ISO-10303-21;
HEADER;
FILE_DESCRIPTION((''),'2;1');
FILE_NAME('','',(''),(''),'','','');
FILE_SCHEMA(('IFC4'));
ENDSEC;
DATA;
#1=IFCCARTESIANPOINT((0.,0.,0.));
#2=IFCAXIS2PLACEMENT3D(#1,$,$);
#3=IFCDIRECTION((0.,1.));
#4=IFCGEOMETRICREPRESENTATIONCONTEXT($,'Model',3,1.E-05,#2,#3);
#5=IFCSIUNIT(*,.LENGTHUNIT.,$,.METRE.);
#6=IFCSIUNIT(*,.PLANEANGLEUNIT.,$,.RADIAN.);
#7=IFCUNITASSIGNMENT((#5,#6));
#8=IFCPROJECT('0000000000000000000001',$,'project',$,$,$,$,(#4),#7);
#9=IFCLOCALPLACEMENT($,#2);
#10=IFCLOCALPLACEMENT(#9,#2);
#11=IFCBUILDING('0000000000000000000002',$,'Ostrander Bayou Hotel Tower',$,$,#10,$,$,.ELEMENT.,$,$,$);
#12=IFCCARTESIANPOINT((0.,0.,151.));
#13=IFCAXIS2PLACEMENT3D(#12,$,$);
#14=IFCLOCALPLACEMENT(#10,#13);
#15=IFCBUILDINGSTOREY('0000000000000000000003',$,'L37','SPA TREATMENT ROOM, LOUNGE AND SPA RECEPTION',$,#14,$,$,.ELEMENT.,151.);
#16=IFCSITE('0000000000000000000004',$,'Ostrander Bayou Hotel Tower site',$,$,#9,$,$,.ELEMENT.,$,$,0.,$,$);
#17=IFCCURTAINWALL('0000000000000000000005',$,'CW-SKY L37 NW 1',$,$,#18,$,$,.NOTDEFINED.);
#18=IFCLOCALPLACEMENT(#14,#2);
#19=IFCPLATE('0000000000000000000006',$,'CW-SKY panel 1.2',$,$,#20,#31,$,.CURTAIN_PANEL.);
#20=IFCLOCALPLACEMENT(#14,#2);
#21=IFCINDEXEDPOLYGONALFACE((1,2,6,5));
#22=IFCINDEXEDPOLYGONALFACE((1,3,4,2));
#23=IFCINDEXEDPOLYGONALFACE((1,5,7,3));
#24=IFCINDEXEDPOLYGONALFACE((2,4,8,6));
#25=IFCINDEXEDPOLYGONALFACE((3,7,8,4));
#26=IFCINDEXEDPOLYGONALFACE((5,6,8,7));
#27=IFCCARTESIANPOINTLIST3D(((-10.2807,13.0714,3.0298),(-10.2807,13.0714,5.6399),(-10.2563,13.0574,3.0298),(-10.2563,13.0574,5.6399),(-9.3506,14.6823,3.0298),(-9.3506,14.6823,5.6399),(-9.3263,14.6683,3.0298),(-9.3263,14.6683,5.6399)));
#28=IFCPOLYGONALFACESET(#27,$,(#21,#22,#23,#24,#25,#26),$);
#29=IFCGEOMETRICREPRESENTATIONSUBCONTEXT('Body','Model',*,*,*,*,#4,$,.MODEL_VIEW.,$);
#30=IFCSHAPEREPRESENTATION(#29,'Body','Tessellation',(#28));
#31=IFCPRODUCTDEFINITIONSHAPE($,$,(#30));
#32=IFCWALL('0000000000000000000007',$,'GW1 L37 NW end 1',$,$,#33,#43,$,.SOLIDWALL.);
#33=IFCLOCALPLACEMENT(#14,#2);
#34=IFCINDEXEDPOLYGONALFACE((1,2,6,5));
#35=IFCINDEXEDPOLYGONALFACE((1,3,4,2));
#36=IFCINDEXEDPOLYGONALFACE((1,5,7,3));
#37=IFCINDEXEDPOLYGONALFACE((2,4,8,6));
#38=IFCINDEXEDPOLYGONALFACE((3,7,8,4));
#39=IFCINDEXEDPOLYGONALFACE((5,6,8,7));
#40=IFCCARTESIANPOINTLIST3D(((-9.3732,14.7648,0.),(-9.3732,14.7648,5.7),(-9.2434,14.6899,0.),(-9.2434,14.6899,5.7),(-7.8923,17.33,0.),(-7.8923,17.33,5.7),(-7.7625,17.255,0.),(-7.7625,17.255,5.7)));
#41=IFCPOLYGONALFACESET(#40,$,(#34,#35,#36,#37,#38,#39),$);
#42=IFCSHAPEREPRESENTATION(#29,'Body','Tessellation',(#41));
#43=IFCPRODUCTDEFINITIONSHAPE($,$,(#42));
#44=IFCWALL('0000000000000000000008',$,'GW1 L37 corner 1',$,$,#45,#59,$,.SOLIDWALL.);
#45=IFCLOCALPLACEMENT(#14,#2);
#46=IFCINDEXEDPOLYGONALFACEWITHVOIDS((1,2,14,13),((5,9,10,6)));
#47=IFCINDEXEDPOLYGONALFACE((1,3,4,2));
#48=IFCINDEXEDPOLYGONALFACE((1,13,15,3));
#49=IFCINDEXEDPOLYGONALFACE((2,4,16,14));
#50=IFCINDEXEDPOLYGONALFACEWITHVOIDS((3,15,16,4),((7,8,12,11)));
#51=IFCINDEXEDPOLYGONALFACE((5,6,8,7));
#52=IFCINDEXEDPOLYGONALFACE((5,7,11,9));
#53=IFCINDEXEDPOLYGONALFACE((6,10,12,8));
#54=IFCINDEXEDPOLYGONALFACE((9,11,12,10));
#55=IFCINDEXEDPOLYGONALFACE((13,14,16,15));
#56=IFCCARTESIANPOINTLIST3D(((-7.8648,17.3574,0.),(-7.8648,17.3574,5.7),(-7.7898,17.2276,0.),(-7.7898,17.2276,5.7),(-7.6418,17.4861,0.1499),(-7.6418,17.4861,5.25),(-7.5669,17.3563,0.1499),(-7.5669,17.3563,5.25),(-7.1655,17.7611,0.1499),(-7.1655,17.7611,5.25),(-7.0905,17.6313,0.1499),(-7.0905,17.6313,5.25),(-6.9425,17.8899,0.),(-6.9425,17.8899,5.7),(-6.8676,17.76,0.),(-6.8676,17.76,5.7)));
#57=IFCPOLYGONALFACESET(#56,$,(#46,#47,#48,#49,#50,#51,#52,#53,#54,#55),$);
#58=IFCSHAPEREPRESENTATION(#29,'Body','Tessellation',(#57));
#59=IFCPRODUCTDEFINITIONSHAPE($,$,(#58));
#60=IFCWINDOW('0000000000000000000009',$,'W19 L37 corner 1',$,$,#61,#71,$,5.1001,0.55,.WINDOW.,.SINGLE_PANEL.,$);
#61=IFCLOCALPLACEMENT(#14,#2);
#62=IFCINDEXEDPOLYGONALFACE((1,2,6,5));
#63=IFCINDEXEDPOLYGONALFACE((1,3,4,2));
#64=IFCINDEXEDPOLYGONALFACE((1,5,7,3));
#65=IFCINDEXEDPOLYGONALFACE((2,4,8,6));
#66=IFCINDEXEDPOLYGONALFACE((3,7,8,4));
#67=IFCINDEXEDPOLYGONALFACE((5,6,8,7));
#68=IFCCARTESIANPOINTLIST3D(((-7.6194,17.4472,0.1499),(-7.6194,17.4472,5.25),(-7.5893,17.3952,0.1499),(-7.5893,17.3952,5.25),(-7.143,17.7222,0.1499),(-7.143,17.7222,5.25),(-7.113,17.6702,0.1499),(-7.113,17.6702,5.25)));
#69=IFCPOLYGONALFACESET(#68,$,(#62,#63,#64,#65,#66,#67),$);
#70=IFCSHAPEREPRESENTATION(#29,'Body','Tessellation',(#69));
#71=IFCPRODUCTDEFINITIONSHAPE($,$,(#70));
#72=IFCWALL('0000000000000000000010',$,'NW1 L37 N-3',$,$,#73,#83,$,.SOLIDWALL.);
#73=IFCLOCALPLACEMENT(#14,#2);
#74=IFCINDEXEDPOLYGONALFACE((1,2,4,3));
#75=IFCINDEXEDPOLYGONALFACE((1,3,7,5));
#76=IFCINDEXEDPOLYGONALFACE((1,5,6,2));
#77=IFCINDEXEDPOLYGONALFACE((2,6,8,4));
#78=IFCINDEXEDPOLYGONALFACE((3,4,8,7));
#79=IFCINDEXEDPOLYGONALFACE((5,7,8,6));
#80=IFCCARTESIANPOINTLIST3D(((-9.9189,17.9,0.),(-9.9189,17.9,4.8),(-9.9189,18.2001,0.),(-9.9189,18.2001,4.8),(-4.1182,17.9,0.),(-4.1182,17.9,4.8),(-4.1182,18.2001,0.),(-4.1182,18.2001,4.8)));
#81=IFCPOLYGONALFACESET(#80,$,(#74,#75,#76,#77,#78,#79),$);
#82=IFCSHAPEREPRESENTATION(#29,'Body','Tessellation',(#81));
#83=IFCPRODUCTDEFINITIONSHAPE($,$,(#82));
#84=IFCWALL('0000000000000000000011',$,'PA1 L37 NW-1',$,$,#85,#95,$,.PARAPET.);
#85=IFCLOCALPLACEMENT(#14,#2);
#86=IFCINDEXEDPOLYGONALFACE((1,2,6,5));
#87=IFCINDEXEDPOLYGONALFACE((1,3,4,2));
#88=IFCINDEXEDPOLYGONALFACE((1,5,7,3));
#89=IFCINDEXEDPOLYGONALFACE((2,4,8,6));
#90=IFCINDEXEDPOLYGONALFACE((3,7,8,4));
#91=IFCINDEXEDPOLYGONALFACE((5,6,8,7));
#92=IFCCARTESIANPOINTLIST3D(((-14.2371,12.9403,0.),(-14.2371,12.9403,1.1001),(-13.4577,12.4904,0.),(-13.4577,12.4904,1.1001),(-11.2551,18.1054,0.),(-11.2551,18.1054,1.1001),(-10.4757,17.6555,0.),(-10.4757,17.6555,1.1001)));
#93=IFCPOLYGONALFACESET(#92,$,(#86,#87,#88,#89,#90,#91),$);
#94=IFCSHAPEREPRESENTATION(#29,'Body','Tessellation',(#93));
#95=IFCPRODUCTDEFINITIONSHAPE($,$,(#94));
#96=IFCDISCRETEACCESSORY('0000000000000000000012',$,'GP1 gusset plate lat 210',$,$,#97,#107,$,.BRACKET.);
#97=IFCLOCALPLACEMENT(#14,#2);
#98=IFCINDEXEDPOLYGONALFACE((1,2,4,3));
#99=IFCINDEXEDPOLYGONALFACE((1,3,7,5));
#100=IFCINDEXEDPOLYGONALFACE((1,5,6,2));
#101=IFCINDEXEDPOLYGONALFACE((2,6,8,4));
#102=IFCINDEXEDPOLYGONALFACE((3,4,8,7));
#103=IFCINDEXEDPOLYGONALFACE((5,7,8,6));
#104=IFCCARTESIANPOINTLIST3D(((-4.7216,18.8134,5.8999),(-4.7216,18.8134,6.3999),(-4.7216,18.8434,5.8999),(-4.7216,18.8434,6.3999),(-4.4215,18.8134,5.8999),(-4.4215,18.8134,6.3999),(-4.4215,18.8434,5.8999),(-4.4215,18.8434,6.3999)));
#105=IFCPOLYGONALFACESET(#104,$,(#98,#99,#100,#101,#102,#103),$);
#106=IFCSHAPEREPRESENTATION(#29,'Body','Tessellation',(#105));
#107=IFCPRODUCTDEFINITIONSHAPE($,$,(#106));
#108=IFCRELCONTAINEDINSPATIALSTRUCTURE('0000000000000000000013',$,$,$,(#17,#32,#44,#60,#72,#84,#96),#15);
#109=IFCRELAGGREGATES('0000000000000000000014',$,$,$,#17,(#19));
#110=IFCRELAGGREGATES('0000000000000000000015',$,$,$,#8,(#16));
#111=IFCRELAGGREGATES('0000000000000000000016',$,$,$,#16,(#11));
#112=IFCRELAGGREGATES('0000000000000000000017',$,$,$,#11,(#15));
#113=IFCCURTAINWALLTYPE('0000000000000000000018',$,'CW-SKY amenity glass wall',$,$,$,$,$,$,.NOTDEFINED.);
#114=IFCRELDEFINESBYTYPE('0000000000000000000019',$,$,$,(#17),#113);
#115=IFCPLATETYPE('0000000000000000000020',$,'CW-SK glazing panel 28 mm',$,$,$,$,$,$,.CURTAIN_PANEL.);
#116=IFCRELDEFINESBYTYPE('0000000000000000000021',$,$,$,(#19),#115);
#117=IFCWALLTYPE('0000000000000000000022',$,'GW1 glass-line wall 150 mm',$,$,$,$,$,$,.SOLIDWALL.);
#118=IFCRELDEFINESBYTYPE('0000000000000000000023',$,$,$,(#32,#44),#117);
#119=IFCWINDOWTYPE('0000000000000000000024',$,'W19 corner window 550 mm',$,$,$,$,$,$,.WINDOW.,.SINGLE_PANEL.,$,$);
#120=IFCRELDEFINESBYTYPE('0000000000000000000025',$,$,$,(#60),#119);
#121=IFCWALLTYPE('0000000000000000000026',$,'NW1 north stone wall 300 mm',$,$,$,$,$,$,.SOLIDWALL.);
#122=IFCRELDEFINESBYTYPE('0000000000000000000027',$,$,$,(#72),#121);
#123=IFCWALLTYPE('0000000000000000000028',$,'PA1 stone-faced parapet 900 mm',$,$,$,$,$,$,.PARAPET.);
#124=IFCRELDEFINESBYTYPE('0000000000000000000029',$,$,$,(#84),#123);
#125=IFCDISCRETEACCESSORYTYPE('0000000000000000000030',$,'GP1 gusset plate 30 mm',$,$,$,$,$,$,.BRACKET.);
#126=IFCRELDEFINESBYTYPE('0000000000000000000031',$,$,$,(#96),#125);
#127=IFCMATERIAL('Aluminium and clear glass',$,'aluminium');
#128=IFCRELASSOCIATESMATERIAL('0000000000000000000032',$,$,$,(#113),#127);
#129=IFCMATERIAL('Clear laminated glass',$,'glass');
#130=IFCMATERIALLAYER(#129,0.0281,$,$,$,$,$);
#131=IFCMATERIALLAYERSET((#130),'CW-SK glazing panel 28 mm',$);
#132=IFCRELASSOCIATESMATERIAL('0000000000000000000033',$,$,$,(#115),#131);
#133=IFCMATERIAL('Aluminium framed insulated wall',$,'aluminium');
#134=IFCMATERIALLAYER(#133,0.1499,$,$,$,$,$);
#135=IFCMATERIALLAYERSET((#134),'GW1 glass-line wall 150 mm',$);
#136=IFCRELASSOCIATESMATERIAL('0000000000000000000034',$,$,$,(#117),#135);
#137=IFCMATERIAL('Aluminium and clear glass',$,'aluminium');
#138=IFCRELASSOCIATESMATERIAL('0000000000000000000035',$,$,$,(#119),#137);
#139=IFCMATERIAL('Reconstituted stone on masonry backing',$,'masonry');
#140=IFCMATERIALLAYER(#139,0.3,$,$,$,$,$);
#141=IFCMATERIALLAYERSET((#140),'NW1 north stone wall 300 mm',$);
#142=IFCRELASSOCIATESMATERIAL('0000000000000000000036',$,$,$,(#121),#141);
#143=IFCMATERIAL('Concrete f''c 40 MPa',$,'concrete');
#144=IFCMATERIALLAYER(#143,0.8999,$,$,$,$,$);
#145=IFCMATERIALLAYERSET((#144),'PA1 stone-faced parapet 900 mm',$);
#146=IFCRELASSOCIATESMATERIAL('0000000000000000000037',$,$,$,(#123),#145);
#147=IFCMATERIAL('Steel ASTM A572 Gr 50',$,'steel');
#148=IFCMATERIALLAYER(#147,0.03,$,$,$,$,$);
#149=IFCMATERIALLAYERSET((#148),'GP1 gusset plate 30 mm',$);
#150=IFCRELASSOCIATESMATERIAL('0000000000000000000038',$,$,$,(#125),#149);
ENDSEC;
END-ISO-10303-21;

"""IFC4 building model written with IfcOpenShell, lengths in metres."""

from ifc_helpers import new_model, si_unit, direction, frame, frame_2d, origin, origin_2d, place, context, subcontext, project, spatial, rectangle, extrude, material, layer, layer_set, type_object, element, fill, aggregate, save


model = new_model("IFC4")

# Units and contexts
model_context = context("Model", 3, precision=1e-05, world=origin(), true_north=direction((0.0, 1.0)))
body_context = subcontext(model_context, "Body", "Model", "MODEL_VIEW")
ifc_project = project(units=[si_unit("LENGTHUNIT", "METRE"), si_unit("PLANEANGLEUNIT", "RADIAN")], contexts=[model_context])

# Site, building, storey
site_placement = place(None, origin())
site = spatial("IfcSite", under=ifc_project, at=site_placement, Name="Ostrander Bayou Hotel Tower site", CompositionType="ELEMENT", RefElevation=0.0)
building_placement = place(site_placement, origin())
building = spatial("IfcBuilding", under=site, at=building_placement, Name="Ostrander Bayou Hotel Tower", CompositionType="ELEMENT")
storey_placement = place(building_placement, frame((0.0, 0.0, 151.0)))
storey = spatial("IfcBuildingStorey", under=building, at=storey_placement, Name="L37", Description="SPA TREATMENT ROOM, LOUNGE AND SPA RECEPTION", CompositionType="ELEMENT", Elevation=151.0)

# Curtain wall
ifc_material_1 = material(Name="Aluminium and clear glass", Category="aluminium")
curtain_wall_type = type_object("IfcCurtainWallType", Name="CW-SKY amenity glass wall", PredefinedType="NOTDEFINED", material=ifc_material_1)
curtain_wall_placement = place(storey_placement, origin())
curtain_wall = element("IfcCurtainWall", 1, at=curtain_wall_placement, inside=storey, type_object=curtain_wall_type, Name="CW-SKY L37 NW 1", PredefinedType="NOTDEFINED")

# Plate
ifc_material_2 = material(Name="Clear laminated glass", Category="glass")
ifc_layer_1 = layer(ifc_material_2, 0.0281)
ifc_layer_set_1 = layer_set([ifc_layer_1], Name="CW-SK glazing panel 28 mm")
plate_type = type_object("IfcPlateType", Name="CW-SK glazing panel 28 mm", PredefinedType="CURTAIN_PANEL", material=ifc_layer_set_1)
plate_placement = place(storey_placement, frame((-9.8035, 13.8699, 3.0298), z_axis=(0.0, 0.0, 1.0), x_axis=(-0.5, -0.866025, 0.0)))
plate = element("IfcPlate", 2, at=plate_placement, type_object=plate_type, Name="CW-SKY panel 1.2", PredefinedType="CURTAIN_PANEL", context=body_context, shape_type="SweptSolid", body=[
    extrude(rectangle(XDim=1.8601, YDim=0.0281, at=origin_2d()), origin(), (0.0, 0.0, 1.0), 2.6101),
])
aggregate(curtain_wall, [plate])

# Wall
ifc_material_3 = material(Name="Aluminium framed insulated wall", Category="aluminium")
ifc_layer_2 = layer(ifc_material_3, 0.1499)
ifc_layer_set_2 = layer_set([ifc_layer_2], Name="GW1 glass-line wall 150 mm")
wall_type_1 = type_object("IfcWallType", Name="GW1 glass-line wall 150 mm", PredefinedType="SOLIDWALL", material=ifc_layer_set_2)
wall_1_placement = place(storey_placement, frame((-7.8274, 17.2925, 0.0), z_axis=(0.0, 0.0, 1.0), x_axis=(-0.499986, -0.866033, 0.0)))
element("IfcWall", 3, at=wall_1_placement, inside=storey, type_object=wall_type_1, Name="GW1 L37 NW end 1", PredefinedType="SOLIDWALL", context=body_context, shape_type="SweptSolid", body=[
    extrude(rectangle(XDim=2.9619, YDim=0.1499, at=frame_2d((1.481, 0.0))), origin(), (0.0, 0.0, 1.0), 5.7),
])

# Wall, opening, window
wall_2_placement = place(storey_placement, frame((-6.905, 17.825, 0.0), z_axis=(0.0, 0.0, 1.0), x_axis=(-0.866048, -0.499961, 0.0)))
wall_2 = element("IfcWall", 4, at=wall_2_placement, inside=storey, type_object=wall_type_1, Name="GW1 L37 corner 1", PredefinedType="SOLIDWALL", context=body_context, shape_type="SweptSolid", body=[
    extrude(rectangle(XDim=1.0649, YDim=0.1499, at=frame_2d((0.5325, 0.0))), origin(), (0.0, 0.0, 1.0), 5.7),
])
opening_1_placement = place(wall_2_placement, frame((0.2576, 0.0, 0.1499)))
opening_1 = element("IfcOpeningElement", 5, at=opening_1_placement, cuts=wall_2, PredefinedType="OPENING", context=body_context, shape_type="SweptSolid", body=[
    extrude(rectangle(XDim=0.55, YDim=5.1001, at=frame_2d((0.2749, 2.55))), frame((0.0, 0.075, 0.0), z_axis=(0.0, -1.0, 0.0), x_axis=(1.0, 0.0, 0.0)), (0.0, 0.0, 1.0), 0.1499),
])
ifc_material_4 = material(Name="Aluminium and clear glass", Category="aluminium")
window_type = type_object("IfcWindowType", Name="W19 corner window 550 mm", PartitioningType="SINGLE_PANEL", PredefinedType="WINDOW", material=ifc_material_4)
window_placement = place(opening_1_placement, origin())
window = element("IfcWindow", 6, at=window_placement, inside=storey, type_object=window_type, Name="W19 L37 corner 1", OverallHeight=5.1001, OverallWidth=0.55, PartitioningType="SINGLE_PANEL", PredefinedType="WINDOW", context=body_context, shape_type="SweptSolid", body=[
    extrude(rectangle(XDim=0.55, YDim=5.1001, at=frame_2d((0.2749, 2.55))), frame((0.0, 0.03, 0.0), z_axis=(0.0, -1.0, 0.0), x_axis=(1.0, 0.0, 0.0)), (0.0, 0.0, 1.0), 0.0601),
])
fill(opening_1, window)

# Walls
ifc_material_5 = material(Name="Reconstituted stone on masonry backing", Category="masonry")
ifc_layer_3 = layer(ifc_material_5, 0.3)
ifc_layer_set_3 = layer_set([ifc_layer_3], Name="NW1 north stone wall 300 mm")
wall_type_2 = type_object("IfcWallType", Name="NW1 north stone wall 300 mm", PredefinedType="SOLIDWALL", material=ifc_layer_set_3)
wall_3_placement = place(storey_placement, frame((-4.1182, 18.05, 0.0), z_axis=(0.0, 0.0, 1.0), x_axis=(-1.0, 0.0, 0.0)))
element("IfcWall", 7, at=wall_3_placement, inside=storey, type_object=wall_type_2, Name="NW1 L37 N-3", PredefinedType="SOLIDWALL", context=body_context, shape_type="SweptSolid", body=[
    extrude(rectangle(XDim=5.8008, YDim=0.3, at=frame_2d((2.9004, 0.0))), origin(), (0.0, 0.0, 1.0), 4.8),
])
ifc_material_6 = material(Name="Concrete f'c 40 MPa", Category="concrete")
ifc_layer_4 = layer(ifc_material_6, 0.8999)
ifc_layer_set_4 = layer_set([ifc_layer_4], Name="PA1 stone-faced parapet 900 mm")
wall_type_3 = type_object("IfcWallType", Name="PA1 stone-faced parapet 900 mm", PredefinedType="PARAPET", material=ifc_layer_set_4)
wall_4_placement = place(storey_placement, frame((-10.8655, 17.8804, 0.0), z_axis=(0.0, 0.0, 1.0), x_axis=(-0.499987, -0.866033, 0.0)))
element("IfcWall", 8, at=wall_4_placement, inside=storey, type_object=wall_type_3, Name="PA1 L37 NW-1", PredefinedType="PARAPET", context=body_context, shape_type="SweptSolid", body=[
    extrude(rectangle(XDim=5.9641, YDim=0.8999, at=frame_2d((2.9819, 0.0))), origin(), (0.0, 0.0, 1.0), 1.1001),
])

# Discrete accessory
ifc_material_7 = material(Name="Steel ASTM A572 Gr 50", Category="steel")
ifc_layer_5 = layer(ifc_material_7, 0.03)
ifc_layer_set_5 = layer_set([ifc_layer_5], Name="GP1 gusset plate 30 mm")
discrete_accessory_type = type_object("IfcDiscreteAccessoryType", Name="GP1 gusset plate 30 mm", PredefinedType="BRACKET", material=ifc_layer_set_5)
discrete_accessory_placement = place(storey_placement, frame((-4.5715, 18.8284, 5.8999), z_axis=(0.0, 0.0, 1.0), x_axis=(-1.0, 0.0, 0.0)))
element("IfcDiscreteAccessory", 9, at=discrete_accessory_placement, inside=storey, type_object=discrete_accessory_type, Name="GP1 gusset plate lat 210", PredefinedType="BRACKET", context=body_context, shape_type="SweptSolid", body=[
    extrude(rectangle(XDim=0.3, YDim=0.03, at=origin_2d()), origin(), (0.0, 0.0, 1.0), 0.5),
])

save(model, "model.ifc")
